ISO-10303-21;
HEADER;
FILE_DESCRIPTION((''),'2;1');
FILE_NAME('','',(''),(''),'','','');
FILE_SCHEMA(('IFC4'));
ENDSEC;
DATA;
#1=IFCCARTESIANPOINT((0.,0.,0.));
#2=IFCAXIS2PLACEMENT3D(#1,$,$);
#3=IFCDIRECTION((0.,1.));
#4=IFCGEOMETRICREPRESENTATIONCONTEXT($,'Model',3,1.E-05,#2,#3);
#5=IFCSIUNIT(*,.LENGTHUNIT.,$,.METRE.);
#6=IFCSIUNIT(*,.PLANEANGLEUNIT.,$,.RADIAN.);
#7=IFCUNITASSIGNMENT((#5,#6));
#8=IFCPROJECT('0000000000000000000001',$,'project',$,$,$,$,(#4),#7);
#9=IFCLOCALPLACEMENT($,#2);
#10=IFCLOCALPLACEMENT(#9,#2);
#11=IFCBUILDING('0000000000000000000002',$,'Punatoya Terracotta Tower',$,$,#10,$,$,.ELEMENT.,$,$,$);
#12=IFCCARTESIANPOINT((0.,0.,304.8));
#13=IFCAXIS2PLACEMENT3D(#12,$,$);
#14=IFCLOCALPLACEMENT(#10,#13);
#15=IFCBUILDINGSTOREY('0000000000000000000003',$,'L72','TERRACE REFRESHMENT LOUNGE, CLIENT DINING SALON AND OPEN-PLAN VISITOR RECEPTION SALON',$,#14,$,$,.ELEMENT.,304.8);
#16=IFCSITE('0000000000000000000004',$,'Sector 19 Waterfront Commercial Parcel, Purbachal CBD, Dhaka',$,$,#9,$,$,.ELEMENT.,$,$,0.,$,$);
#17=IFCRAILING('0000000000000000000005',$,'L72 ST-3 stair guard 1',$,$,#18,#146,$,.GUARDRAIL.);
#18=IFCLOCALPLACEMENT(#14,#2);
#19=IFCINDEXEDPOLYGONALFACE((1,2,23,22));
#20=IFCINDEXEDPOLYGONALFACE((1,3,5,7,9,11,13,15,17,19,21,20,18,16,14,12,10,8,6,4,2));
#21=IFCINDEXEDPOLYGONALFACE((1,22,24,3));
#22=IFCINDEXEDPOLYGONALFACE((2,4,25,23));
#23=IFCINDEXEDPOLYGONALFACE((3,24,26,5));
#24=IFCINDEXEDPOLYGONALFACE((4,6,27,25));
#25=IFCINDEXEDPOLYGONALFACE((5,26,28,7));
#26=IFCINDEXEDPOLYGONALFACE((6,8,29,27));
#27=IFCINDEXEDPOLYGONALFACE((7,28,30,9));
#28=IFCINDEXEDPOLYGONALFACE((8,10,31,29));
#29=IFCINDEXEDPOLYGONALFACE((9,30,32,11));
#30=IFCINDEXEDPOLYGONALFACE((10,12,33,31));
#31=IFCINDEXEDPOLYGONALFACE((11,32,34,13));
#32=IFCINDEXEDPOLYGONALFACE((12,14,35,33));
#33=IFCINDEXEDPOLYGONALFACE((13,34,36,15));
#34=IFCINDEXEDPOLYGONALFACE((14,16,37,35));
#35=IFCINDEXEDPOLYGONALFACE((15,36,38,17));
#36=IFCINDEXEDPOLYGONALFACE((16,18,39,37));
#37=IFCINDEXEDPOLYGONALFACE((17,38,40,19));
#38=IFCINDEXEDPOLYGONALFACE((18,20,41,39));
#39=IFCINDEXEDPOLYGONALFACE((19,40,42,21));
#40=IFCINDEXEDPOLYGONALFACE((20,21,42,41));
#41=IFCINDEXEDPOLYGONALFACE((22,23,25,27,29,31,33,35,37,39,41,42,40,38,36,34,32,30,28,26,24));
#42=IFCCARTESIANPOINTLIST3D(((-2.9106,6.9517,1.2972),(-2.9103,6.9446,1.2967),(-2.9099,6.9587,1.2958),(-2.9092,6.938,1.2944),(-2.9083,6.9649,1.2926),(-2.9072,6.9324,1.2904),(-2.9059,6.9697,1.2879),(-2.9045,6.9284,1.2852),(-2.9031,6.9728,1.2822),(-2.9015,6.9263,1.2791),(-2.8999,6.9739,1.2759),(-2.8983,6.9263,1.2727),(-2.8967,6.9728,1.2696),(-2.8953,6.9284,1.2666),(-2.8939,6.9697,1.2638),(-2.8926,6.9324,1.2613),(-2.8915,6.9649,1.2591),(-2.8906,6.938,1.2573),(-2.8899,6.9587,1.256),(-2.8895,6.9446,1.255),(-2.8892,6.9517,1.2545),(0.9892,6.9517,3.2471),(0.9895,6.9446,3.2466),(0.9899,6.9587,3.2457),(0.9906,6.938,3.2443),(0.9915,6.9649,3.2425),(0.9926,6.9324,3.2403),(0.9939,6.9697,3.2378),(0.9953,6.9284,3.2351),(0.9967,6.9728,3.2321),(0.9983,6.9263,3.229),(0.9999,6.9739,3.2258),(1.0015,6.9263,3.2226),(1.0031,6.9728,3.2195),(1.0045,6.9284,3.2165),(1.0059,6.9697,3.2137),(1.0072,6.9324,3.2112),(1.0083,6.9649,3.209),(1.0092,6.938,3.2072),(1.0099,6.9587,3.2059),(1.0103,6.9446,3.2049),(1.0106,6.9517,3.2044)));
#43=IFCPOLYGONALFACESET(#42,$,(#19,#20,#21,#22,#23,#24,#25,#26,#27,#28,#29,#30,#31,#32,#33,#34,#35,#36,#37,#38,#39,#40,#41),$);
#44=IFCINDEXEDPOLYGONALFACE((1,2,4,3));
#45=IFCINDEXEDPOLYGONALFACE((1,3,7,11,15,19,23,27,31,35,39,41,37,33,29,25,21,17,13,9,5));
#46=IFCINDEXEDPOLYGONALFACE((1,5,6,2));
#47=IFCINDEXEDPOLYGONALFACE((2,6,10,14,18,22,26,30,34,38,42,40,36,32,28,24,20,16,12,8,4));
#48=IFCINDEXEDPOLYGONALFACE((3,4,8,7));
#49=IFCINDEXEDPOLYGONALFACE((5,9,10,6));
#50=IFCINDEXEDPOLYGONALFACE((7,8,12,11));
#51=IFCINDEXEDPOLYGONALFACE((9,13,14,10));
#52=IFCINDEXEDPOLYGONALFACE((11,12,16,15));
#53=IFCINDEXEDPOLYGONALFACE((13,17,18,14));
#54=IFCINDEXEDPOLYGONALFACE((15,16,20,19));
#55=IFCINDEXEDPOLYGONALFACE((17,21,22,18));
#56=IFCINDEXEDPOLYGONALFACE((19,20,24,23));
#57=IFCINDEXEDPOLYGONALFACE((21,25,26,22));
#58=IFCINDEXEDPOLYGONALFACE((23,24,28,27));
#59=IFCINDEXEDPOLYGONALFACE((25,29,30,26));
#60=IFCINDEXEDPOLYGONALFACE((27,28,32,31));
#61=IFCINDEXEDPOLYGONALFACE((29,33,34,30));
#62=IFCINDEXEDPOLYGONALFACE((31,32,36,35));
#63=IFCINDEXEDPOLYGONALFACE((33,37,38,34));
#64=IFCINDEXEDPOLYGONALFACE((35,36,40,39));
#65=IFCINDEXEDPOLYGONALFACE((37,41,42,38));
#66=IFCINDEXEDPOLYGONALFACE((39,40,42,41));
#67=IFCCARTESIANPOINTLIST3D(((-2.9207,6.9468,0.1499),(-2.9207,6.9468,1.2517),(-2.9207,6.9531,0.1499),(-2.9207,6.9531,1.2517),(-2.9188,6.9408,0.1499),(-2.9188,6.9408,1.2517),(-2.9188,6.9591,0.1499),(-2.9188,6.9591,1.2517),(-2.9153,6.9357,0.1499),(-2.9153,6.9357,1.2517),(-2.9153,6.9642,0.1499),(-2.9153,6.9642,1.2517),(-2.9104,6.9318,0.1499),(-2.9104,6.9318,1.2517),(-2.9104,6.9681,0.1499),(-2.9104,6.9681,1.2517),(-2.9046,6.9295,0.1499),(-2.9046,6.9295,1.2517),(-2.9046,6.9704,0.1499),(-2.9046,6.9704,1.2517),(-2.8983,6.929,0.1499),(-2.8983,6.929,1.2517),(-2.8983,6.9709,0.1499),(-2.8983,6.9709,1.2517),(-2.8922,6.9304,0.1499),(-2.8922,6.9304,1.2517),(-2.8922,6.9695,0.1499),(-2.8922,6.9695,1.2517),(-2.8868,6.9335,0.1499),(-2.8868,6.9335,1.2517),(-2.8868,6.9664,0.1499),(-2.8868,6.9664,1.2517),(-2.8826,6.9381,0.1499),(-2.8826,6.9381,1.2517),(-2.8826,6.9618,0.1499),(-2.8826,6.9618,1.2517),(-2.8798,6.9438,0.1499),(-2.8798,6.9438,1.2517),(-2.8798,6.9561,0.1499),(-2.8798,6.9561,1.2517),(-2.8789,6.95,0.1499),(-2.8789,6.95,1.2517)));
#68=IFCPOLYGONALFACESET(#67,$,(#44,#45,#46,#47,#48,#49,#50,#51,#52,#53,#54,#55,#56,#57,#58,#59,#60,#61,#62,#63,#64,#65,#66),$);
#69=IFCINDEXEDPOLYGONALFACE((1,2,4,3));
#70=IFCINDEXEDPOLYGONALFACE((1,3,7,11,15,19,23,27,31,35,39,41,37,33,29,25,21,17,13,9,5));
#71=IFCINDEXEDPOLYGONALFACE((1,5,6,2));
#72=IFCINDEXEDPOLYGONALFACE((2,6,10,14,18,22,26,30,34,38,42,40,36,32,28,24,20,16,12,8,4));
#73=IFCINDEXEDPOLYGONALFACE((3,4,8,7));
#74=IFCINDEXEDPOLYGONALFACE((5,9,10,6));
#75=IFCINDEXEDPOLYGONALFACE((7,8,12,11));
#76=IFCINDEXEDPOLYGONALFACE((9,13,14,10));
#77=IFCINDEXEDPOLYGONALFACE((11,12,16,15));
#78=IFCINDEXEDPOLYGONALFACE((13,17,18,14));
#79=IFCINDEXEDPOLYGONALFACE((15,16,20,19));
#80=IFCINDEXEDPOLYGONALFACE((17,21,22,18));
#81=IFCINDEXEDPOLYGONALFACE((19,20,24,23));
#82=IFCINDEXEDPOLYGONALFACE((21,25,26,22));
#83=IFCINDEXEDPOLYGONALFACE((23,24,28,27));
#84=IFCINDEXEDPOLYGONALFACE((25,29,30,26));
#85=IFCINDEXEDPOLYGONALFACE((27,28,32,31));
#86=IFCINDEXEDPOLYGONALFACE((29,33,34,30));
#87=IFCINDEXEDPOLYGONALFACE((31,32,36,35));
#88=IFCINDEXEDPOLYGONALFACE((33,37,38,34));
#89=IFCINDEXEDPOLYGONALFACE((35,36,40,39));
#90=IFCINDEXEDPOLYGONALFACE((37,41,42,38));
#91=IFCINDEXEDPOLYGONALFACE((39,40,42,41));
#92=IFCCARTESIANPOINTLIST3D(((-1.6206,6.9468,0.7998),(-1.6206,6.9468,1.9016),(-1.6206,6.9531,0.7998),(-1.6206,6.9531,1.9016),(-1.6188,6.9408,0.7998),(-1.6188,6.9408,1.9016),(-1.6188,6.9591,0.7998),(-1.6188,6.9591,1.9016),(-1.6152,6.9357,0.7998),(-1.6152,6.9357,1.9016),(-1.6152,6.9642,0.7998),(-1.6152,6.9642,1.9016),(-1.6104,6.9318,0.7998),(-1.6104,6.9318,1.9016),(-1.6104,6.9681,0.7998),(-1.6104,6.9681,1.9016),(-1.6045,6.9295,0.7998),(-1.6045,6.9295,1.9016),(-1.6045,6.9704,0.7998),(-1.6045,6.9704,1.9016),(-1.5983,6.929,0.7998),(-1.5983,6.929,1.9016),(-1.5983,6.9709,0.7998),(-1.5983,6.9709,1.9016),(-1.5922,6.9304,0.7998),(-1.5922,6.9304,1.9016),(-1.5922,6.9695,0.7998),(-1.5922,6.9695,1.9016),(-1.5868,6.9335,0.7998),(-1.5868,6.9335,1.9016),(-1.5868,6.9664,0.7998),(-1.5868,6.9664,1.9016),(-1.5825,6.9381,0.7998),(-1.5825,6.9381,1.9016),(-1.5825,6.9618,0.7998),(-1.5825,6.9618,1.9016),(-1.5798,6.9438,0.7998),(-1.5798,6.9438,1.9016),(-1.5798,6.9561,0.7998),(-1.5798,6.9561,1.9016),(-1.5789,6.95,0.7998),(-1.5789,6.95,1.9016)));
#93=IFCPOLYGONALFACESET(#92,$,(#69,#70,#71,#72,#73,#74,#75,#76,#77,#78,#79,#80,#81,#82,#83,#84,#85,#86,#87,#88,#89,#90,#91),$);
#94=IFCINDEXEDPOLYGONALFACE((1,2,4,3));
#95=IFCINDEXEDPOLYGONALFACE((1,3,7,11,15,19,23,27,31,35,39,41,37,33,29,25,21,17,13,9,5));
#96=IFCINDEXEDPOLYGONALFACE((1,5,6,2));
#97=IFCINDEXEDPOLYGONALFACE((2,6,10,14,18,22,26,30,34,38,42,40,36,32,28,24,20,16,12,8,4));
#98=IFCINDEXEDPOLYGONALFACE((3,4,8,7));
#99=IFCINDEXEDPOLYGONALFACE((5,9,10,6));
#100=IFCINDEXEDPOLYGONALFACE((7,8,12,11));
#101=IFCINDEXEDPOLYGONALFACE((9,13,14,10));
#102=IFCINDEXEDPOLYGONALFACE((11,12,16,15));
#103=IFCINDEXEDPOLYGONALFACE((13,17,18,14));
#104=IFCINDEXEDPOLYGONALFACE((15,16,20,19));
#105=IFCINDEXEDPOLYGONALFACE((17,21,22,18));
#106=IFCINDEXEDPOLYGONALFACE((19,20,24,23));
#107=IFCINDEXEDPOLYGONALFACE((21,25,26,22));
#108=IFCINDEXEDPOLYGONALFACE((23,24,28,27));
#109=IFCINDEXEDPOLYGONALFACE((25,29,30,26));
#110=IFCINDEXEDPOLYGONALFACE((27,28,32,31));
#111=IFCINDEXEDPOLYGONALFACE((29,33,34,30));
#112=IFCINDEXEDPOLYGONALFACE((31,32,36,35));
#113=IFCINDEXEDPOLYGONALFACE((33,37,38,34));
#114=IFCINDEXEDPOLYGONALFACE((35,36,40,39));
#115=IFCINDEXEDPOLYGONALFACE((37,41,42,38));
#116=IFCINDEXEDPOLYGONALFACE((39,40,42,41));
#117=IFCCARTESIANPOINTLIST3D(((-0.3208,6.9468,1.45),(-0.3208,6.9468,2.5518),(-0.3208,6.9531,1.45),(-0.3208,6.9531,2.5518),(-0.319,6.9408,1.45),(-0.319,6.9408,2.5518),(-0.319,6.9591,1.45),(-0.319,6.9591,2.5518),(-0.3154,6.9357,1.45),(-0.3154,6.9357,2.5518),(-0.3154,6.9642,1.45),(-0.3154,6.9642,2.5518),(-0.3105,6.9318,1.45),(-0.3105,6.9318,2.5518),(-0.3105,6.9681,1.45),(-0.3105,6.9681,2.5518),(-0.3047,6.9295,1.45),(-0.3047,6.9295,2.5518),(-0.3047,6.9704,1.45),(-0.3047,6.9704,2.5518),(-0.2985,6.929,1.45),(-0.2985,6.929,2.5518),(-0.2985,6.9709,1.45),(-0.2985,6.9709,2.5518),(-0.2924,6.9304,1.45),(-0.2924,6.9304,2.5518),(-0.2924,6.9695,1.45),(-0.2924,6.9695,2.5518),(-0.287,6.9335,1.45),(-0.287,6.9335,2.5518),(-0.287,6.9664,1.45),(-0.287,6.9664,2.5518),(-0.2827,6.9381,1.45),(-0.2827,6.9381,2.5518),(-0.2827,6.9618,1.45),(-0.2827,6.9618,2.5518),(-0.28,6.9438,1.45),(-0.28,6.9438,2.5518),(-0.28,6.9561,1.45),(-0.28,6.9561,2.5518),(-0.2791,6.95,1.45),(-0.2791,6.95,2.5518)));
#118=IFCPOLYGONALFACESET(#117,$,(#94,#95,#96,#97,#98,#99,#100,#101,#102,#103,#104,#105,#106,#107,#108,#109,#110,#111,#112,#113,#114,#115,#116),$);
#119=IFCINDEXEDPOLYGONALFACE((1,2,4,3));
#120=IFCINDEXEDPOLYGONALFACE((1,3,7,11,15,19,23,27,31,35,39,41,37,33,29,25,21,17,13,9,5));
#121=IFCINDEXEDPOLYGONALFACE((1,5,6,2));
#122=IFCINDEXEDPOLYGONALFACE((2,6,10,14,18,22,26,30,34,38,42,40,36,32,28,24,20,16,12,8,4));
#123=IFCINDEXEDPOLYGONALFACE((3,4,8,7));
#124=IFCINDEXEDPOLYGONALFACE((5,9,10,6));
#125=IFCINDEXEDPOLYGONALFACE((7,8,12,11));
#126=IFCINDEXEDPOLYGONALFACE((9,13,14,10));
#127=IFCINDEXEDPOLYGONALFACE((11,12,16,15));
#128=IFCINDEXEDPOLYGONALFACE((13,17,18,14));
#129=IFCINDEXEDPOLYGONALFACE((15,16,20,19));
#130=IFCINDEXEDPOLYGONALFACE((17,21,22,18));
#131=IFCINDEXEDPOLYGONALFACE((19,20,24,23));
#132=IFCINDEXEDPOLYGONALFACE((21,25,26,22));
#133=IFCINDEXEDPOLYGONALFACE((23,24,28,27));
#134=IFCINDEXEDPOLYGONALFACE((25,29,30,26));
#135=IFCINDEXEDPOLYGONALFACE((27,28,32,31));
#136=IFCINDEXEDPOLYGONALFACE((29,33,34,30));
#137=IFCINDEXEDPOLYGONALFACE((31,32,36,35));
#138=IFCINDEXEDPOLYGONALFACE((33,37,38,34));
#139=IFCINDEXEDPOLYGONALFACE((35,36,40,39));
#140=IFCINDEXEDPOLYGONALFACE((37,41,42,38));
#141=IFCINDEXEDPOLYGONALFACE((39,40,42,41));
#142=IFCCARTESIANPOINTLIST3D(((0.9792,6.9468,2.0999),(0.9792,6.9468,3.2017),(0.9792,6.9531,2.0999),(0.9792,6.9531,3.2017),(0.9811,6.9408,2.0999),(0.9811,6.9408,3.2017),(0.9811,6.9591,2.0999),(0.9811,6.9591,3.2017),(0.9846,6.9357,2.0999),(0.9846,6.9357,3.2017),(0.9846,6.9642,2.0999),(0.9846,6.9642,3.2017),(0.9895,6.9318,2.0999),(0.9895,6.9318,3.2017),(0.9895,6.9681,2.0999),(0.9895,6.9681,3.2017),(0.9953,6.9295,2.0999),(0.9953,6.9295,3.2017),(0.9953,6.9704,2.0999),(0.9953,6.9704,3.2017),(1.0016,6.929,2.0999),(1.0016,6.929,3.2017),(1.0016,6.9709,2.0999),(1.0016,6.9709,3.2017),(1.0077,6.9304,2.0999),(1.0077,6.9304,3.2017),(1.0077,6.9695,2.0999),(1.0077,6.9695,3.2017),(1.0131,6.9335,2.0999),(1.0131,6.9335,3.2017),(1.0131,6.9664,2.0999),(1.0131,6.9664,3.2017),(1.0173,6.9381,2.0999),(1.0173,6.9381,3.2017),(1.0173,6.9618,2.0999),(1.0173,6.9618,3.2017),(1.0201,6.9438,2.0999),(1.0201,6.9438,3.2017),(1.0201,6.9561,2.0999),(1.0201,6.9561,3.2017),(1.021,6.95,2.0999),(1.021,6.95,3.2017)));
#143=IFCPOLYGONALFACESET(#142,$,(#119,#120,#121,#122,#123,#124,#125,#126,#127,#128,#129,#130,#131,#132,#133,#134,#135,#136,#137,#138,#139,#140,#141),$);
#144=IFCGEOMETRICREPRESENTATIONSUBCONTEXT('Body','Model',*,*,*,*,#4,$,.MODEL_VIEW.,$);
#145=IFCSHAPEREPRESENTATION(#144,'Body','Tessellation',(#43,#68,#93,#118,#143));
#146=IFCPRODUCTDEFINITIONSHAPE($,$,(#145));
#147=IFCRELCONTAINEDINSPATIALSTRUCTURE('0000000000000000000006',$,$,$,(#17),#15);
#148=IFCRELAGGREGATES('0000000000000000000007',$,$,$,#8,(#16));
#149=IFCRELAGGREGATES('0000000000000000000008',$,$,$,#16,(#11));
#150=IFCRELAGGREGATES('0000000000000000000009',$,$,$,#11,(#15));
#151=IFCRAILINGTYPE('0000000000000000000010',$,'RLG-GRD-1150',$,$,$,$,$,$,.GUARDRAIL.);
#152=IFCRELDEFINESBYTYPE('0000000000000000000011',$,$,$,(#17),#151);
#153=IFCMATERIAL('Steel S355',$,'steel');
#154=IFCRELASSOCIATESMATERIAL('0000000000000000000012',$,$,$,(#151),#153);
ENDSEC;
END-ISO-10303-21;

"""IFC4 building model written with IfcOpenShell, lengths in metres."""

from ifc_helpers import new_model, si_unit, direction, frame, origin, origin_2d, place, context, subcontext, project, spatial, circle, extrude, material, type_object, element, save


model = new_model("IFC4")

# Units and contexts
model_context = context("Model", 3, precision=1e-05, world=origin(), true_north=direction((0.0, 1.0)))
body_context = subcontext(model_context, "Body", "Model", "MODEL_VIEW")
ifc_project = project(units=[si_unit("LENGTHUNIT", "METRE"), si_unit("PLANEANGLEUNIT", "RADIAN")], contexts=[model_context])

# Site, building, storey
site_placement = place(None, origin())
site = spatial("IfcSite", under=ifc_project, at=site_placement, Name="Sector 19 Waterfront Commercial Parcel, Purbachal CBD, Dhaka", CompositionType="ELEMENT", RefElevation=0.0)
building_placement = place(site_placement, origin())
building = spatial("IfcBuilding", under=site, at=building_placement, Name="Punatoya Terracotta Tower", CompositionType="ELEMENT")
storey_placement = place(building_placement, frame((0.0, 0.0, 304.8)))
storey = spatial("IfcBuildingStorey", under=building, at=storey_placement, Name="L72", Description="TERRACE REFRESHMENT LOUNGE, CLIENT DINING SALON AND OPEN-PLAN VISITOR RECEPTION SALON", CompositionType="ELEMENT", Elevation=304.8)

# Shared definitions
ifc_material_1 = material(Name="Steel S355", Category="steel")

# Railing
railing_type_1 = type_object("IfcRailingType", Name="RLG-GRD-1150", PredefinedType="GUARDRAIL", material=ifc_material_1)
railing_1_placement = place(storey_placement, frame((-2.8999, 6.95, 0.1499)))
element("IfcRailing", 1, at=railing_1_placement, inside=storey, type_object=railing_type_1, Name="L72 ST-3 stair guard 1", PredefinedType="GUARDRAIL", context=body_context, shape_type="SweptSolid", body=[
    extrude(circle(Radius=0.0239, at=origin_2d()), frame((0.0, 0.0, 1.126), z_axis=(0.894427, 0.0, 0.447214), x_axis=(0.0, 1.0, 0.0)), (0.0, 0.0, 1.0), 4.3601),
    extrude(circle(Radius=0.021, at=origin_2d()), origin(), (0.0, 0.0, 1.0), 1.1018),
    extrude(circle(Radius=0.021, at=origin_2d()), frame((1.3, 0.0, 0.6499)), (0.0, 0.0, 1.0), 1.1018),
    extrude(circle(Radius=0.021, at=origin_2d()), frame((2.5999, 0.0, 1.3)), (0.0, 0.0, 1.0), 1.1018),
    extrude(circle(Radius=0.021, at=origin_2d()), frame((3.8999, 0.0, 1.95)), (0.0, 0.0, 1.0), 1.1018),
])

save(model, "model.ifc")
